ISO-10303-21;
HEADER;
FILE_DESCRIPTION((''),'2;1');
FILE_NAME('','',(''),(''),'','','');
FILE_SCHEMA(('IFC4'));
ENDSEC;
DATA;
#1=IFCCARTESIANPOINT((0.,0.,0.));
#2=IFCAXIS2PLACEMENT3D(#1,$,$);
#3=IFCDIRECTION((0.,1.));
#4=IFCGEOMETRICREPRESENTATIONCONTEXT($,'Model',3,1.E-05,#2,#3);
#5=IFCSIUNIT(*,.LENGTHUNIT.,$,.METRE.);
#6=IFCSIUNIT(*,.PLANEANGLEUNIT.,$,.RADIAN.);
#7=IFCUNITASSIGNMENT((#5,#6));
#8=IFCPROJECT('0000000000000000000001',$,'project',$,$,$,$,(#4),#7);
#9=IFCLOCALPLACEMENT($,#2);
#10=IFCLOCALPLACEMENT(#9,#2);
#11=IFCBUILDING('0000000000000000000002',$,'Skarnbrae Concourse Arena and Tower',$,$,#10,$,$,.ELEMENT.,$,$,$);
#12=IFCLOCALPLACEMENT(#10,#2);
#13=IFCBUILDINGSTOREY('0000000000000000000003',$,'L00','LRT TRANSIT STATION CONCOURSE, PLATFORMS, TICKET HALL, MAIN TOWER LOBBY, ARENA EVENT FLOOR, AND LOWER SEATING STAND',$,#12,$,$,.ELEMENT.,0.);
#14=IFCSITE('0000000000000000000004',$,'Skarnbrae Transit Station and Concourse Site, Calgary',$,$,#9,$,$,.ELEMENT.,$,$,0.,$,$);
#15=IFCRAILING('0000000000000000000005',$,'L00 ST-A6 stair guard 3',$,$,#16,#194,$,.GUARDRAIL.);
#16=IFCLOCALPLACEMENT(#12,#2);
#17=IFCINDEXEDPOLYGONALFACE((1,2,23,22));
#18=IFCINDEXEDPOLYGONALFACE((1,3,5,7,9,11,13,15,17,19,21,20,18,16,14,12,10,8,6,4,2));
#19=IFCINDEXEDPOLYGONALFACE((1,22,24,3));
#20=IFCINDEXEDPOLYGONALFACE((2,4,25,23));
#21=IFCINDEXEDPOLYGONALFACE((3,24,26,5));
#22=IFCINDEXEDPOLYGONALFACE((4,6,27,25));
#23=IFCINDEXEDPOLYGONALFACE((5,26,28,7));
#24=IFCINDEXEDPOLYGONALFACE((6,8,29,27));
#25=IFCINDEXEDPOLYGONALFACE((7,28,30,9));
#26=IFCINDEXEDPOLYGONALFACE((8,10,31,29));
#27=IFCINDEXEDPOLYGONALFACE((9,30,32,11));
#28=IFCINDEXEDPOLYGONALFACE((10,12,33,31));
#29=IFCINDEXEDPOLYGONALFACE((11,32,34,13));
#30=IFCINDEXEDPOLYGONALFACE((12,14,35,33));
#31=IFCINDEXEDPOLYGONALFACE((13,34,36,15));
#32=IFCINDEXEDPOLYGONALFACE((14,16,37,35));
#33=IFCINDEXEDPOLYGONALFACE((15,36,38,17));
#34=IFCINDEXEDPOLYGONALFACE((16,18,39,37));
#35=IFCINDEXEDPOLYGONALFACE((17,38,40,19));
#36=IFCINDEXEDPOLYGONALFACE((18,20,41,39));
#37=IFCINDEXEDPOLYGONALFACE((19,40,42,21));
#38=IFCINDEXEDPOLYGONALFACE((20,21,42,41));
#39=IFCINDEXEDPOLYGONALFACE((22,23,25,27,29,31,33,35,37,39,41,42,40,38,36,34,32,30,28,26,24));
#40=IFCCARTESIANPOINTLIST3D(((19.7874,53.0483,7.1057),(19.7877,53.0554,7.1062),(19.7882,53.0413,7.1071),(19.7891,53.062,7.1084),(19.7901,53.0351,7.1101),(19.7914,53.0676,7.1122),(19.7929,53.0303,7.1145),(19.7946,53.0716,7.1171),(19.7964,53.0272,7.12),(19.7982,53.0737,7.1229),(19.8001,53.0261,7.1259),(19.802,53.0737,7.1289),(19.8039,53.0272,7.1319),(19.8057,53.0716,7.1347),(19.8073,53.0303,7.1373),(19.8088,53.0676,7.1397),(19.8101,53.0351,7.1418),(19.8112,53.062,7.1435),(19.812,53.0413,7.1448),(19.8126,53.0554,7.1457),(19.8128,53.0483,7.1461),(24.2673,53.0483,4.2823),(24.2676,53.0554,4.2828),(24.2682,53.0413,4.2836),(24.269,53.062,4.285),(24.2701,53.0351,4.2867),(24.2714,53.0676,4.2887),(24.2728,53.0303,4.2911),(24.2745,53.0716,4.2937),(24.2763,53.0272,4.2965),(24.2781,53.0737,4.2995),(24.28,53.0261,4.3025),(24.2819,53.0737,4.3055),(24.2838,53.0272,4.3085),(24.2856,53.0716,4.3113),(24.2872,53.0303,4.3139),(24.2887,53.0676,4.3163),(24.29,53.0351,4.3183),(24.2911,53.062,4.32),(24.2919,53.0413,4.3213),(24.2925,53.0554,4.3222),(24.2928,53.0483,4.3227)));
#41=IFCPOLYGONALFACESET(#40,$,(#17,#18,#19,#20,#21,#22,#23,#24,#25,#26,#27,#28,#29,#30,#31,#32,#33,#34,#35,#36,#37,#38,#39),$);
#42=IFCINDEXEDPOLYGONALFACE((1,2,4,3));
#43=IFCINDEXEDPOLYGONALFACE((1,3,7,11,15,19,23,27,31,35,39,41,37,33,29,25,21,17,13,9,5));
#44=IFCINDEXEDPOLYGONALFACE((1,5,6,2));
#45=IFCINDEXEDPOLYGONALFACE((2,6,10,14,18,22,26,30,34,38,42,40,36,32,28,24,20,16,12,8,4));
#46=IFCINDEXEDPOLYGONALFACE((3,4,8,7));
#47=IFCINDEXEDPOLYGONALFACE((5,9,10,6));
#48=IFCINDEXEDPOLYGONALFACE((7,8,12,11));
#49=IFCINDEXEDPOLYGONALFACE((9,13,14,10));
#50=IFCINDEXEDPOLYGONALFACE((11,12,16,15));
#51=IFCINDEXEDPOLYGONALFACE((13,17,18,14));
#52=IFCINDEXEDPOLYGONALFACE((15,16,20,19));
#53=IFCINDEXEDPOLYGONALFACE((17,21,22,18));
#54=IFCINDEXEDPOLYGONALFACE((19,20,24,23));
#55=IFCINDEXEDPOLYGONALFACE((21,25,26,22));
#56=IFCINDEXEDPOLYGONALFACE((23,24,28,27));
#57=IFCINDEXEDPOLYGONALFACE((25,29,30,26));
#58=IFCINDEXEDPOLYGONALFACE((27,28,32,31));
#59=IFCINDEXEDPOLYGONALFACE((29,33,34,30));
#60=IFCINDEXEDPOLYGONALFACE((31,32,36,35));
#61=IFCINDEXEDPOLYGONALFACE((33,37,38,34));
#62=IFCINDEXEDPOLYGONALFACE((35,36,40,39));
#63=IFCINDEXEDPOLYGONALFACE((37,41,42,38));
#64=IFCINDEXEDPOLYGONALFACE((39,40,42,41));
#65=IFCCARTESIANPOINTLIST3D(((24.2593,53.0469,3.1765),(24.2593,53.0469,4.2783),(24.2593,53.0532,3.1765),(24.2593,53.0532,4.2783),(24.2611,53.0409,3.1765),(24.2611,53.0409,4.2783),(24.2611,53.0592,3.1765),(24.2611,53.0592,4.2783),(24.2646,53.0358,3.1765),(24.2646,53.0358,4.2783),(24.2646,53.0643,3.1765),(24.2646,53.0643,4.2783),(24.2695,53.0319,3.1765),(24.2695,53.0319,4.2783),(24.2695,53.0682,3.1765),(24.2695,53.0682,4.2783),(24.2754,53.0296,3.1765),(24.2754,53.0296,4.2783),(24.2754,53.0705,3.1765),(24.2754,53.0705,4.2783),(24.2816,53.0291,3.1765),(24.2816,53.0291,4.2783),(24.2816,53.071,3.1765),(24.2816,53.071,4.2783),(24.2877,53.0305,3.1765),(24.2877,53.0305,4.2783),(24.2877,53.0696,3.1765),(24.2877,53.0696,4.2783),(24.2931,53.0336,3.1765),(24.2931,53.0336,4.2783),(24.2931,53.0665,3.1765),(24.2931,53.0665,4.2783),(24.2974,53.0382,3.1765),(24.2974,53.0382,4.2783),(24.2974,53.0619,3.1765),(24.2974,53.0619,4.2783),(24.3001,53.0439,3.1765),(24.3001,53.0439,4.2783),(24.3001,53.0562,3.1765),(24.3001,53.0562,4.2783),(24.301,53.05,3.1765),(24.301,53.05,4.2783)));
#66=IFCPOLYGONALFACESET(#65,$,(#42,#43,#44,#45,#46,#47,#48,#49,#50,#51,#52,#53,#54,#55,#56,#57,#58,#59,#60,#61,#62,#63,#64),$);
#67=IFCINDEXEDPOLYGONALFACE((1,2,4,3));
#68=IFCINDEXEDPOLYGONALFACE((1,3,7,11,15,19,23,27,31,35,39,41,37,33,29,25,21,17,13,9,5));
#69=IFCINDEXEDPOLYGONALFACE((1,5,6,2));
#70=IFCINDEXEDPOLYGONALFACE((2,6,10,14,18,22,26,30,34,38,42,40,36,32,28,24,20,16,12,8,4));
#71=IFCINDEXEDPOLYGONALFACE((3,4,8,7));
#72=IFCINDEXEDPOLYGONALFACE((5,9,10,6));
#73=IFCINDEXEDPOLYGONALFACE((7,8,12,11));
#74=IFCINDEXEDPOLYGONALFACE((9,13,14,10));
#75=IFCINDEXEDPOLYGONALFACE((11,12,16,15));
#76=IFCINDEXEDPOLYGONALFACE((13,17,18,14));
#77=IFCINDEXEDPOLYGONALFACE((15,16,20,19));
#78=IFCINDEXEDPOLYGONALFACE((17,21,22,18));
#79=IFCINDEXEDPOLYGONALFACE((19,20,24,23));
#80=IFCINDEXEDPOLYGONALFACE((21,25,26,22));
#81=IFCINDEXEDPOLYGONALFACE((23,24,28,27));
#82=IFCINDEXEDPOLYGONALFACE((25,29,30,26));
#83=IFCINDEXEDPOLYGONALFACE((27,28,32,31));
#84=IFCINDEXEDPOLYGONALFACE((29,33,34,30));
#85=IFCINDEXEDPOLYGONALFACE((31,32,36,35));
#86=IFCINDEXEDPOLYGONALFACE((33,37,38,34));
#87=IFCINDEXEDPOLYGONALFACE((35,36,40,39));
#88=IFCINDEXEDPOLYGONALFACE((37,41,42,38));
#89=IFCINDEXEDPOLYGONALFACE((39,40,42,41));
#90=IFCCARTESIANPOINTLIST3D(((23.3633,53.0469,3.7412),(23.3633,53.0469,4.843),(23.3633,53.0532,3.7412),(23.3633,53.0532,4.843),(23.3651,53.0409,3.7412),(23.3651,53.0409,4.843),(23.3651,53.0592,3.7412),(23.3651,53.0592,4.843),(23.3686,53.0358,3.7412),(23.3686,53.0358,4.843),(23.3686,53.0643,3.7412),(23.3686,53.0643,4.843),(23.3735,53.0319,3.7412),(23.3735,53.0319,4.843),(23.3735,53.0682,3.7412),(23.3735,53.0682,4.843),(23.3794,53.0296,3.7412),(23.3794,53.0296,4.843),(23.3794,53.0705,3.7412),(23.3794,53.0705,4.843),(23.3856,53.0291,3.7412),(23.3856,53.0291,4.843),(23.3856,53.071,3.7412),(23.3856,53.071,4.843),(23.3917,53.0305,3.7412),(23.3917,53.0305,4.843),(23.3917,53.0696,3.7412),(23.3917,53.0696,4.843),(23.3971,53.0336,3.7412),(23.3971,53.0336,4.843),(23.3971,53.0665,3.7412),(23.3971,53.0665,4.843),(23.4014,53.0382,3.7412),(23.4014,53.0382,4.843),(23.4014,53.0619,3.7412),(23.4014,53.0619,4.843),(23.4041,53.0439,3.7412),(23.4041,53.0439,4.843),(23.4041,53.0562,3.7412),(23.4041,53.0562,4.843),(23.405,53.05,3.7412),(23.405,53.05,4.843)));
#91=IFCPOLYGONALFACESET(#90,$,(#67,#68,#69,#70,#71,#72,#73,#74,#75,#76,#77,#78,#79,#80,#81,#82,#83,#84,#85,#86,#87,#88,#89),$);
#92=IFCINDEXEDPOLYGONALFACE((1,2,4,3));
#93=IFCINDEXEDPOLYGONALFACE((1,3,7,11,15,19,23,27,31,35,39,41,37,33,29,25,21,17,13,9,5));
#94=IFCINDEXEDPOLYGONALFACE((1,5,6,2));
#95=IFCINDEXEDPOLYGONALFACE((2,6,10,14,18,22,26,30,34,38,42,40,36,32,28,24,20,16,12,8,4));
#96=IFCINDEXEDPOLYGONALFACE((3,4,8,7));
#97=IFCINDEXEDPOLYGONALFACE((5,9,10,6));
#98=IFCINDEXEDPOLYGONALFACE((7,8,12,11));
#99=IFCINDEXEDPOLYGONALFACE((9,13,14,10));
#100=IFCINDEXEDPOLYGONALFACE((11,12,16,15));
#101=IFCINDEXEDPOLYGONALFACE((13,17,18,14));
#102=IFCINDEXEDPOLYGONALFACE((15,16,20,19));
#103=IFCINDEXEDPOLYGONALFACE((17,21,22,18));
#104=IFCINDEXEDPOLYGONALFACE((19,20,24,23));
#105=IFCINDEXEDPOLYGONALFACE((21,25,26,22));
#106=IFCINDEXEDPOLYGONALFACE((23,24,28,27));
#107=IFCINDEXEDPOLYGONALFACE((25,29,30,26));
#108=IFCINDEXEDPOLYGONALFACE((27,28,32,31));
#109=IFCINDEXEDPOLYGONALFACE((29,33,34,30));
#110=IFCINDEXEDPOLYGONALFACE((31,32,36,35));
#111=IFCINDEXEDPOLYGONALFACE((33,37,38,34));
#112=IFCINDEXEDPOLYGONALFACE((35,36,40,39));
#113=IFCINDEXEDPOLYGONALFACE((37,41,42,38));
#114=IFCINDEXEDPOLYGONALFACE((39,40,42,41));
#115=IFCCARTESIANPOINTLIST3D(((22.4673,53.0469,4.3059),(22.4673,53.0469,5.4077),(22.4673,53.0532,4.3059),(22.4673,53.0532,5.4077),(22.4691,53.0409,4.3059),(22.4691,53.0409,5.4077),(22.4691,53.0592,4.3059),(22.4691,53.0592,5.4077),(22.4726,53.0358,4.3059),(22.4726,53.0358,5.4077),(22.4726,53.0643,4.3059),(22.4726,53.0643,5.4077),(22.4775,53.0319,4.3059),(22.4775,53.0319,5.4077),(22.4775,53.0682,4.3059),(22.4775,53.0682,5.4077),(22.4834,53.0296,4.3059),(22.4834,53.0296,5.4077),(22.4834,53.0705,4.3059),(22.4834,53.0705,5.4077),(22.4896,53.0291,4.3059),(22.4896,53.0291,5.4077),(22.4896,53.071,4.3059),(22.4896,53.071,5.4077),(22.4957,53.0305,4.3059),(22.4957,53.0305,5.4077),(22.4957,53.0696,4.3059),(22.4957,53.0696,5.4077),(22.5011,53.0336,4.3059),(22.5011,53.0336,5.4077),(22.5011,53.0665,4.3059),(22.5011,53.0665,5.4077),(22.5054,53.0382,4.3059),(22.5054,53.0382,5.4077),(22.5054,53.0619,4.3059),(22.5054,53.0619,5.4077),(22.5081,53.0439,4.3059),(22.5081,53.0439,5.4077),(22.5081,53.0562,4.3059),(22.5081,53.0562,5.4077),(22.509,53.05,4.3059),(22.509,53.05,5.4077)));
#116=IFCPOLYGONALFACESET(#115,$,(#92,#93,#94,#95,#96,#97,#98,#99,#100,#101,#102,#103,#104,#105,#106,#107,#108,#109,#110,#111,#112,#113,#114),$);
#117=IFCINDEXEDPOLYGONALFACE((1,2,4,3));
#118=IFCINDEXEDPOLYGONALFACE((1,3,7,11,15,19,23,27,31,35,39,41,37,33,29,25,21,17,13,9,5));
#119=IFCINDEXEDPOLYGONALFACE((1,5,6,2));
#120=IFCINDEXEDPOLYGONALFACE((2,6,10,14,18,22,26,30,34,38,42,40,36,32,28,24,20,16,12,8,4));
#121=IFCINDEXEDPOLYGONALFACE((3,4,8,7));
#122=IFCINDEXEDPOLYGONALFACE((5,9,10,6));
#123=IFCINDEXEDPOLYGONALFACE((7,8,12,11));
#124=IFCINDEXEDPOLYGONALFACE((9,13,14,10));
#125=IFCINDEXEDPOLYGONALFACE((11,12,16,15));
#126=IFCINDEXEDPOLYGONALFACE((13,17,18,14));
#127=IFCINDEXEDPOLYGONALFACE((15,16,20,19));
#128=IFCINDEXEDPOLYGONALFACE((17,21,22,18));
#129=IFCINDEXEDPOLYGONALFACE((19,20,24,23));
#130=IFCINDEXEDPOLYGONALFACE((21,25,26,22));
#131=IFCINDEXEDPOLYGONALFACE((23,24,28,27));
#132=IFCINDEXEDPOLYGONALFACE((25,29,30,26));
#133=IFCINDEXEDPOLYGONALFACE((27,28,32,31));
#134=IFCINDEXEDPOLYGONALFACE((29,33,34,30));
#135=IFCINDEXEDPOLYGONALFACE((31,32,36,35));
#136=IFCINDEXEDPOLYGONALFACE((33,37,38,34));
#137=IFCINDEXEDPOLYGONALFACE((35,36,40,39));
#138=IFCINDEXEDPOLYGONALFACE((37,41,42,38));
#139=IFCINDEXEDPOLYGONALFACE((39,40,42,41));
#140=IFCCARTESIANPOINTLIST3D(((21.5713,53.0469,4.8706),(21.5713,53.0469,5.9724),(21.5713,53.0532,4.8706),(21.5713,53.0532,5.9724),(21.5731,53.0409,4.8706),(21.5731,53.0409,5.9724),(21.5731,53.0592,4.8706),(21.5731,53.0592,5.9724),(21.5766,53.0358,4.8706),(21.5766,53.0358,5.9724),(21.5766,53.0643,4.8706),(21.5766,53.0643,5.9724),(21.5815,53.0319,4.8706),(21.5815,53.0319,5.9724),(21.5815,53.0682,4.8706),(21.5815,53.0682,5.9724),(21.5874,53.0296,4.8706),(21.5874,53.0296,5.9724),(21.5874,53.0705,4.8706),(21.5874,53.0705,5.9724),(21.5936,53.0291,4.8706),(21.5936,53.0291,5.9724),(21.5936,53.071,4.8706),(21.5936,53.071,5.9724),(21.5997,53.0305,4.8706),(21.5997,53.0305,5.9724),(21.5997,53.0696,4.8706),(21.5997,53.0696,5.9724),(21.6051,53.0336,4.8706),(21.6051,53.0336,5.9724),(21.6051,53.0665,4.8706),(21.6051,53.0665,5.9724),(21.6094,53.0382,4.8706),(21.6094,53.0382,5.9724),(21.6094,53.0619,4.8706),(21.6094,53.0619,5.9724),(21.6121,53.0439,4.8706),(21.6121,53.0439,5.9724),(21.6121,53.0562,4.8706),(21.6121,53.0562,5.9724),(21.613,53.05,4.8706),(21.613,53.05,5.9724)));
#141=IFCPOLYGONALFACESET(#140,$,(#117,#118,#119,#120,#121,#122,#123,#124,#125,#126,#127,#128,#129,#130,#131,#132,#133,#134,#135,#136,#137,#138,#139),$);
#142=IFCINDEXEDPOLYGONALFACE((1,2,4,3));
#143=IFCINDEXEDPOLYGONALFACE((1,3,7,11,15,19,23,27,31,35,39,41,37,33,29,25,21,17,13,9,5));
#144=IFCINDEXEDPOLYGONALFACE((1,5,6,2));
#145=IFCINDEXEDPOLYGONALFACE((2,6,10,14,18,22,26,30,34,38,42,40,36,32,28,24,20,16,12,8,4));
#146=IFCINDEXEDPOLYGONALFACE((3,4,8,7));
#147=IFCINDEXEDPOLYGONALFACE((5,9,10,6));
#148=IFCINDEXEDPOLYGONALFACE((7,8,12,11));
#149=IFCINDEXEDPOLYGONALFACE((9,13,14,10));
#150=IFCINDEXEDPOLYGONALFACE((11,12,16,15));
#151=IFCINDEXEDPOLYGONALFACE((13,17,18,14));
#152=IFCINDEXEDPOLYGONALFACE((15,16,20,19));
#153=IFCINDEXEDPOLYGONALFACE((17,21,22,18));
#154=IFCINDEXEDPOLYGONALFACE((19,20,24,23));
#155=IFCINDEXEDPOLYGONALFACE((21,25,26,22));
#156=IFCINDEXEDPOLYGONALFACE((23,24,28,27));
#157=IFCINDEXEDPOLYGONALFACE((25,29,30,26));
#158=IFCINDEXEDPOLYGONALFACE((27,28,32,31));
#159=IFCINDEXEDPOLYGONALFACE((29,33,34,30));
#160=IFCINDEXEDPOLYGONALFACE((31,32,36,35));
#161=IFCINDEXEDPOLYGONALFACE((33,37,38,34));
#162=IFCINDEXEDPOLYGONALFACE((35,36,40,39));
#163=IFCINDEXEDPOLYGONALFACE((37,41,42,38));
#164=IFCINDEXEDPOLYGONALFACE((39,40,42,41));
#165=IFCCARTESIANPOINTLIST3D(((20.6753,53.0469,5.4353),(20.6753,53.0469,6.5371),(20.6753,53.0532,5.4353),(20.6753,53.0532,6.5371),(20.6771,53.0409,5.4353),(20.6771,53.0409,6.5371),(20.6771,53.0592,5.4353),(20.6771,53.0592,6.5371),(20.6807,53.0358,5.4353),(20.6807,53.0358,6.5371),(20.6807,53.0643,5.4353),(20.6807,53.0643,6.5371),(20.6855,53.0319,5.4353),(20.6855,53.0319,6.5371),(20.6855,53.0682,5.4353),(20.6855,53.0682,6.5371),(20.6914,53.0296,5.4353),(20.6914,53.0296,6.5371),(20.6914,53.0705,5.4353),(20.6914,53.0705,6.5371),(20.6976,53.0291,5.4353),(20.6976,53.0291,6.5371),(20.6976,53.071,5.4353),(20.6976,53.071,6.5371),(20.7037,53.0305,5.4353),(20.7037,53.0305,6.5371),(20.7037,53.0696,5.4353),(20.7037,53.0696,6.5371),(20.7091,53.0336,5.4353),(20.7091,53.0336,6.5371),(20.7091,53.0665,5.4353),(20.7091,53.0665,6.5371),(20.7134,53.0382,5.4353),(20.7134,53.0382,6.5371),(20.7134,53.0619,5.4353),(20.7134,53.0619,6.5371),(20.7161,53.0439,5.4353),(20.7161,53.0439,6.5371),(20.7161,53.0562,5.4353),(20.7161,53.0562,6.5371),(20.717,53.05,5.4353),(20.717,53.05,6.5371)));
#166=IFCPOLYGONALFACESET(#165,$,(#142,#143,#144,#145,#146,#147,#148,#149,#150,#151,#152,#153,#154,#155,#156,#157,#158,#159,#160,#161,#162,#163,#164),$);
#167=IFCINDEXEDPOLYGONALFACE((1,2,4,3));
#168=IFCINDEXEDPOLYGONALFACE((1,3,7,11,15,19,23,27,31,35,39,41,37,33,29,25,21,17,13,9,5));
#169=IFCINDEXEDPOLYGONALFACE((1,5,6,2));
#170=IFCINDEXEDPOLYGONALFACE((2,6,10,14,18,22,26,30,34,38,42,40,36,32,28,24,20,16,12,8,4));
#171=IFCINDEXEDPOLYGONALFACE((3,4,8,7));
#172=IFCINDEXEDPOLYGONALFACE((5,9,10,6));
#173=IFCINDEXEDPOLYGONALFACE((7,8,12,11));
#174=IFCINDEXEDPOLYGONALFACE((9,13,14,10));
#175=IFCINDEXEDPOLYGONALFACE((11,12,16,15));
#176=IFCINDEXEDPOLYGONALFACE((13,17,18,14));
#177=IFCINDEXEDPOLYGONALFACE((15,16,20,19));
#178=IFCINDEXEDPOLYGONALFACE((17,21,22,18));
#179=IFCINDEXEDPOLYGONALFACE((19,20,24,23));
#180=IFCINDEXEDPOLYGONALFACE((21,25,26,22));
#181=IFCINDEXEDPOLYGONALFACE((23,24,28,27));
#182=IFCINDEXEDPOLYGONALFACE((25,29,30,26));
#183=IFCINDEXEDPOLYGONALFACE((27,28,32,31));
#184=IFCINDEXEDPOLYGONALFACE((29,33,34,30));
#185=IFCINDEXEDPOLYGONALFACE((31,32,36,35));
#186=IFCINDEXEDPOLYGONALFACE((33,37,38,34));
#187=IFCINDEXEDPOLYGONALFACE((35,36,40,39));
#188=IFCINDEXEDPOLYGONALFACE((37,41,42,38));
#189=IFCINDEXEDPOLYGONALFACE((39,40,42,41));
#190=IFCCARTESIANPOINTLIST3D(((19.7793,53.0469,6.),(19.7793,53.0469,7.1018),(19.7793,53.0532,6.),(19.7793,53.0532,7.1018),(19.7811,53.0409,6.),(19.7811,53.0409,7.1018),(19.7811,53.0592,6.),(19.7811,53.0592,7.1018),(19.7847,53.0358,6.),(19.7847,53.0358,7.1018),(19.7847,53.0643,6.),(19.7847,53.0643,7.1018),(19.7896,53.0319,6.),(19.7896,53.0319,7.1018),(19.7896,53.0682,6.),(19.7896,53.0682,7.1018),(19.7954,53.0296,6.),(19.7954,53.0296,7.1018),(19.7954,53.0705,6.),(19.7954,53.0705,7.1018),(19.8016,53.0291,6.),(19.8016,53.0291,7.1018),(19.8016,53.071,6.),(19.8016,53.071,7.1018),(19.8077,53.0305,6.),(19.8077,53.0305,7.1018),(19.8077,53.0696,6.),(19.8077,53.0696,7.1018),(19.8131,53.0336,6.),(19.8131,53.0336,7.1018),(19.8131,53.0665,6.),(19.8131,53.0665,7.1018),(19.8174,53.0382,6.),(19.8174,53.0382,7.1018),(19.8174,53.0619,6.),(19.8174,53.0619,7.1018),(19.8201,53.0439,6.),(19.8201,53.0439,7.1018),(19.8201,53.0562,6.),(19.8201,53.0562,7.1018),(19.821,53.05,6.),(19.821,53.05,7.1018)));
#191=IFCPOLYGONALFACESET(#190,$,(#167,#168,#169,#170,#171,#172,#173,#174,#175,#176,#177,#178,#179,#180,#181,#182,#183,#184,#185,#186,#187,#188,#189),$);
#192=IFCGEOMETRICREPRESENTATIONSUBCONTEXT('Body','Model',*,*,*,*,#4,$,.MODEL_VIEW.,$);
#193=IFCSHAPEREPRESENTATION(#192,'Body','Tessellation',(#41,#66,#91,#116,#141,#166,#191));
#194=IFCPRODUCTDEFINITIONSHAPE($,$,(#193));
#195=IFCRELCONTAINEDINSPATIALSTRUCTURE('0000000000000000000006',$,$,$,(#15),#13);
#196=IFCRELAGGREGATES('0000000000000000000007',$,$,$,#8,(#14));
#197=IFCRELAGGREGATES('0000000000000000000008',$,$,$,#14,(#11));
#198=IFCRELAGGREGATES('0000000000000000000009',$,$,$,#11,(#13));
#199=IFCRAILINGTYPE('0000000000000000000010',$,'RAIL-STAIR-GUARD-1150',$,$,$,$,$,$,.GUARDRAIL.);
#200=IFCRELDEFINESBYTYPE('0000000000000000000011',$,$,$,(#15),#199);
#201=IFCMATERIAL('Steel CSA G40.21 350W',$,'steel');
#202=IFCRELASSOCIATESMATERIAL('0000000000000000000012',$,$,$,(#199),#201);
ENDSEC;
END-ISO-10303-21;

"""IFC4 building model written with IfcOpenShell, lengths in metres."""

from ifc_helpers import new_model, si_unit, direction, frame, origin, origin_2d, place, context, subcontext, project, spatial, circle, extrude, material, type_object, element, save


model = new_model("IFC4")

# Units and contexts
model_context = context("Model", 3, precision=1e-05, world=origin(), true_north=direction((0.0, 1.0)))
body_context = subcontext(model_context, "Body", "Model", "MODEL_VIEW")
ifc_project = project(units=[si_unit("LENGTHUNIT", "METRE"), si_unit("PLANEANGLEUNIT", "RADIAN")], contexts=[model_context])

# Site, building, storey
site_placement = place(None, origin())
site = spatial("IfcSite", under=ifc_project, at=site_placement, Name="Skarnbrae Transit Station and Concourse Site, Calgary", CompositionType="ELEMENT", RefElevation=0.0)
building_placement = place(site_placement, origin())
building = spatial("IfcBuilding", under=site, at=building_placement, Name="Skarnbrae Concourse Arena and Tower", CompositionType="ELEMENT")
storey_placement = place(building_placement, origin())
storey = spatial("IfcBuildingStorey", under=building, at=storey_placement, Name="L00", Description="LRT TRANSIT STATION CONCOURSE, PLATFORMS, TICKET HALL, MAIN TOWER LOBBY, ARENA EVENT FLOOR, AND LOWER SEATING STAND", CompositionType="ELEMENT", Elevation=0.0)

# Shared definitions
ifc_material_1 = material(Name="Steel CSA G40.21 350W", Category="steel")

# Railing
railing_type_1 = type_object("IfcRailingType", Name="RAIL-STAIR-GUARD-1150", PredefinedType="GUARDRAIL", material=ifc_material_1)
railing_1_placement = place(storey_placement, frame((24.28, 53.05, 3.1765)))
element("IfcRailing", 1, at=railing_1_placement, inside=storey, type_object=railing_type_1, Name="L00 ST-A6 stair guard 3", PredefinedType="GUARDRAIL", context=body_context, shape_type="SweptSolid", body=[
    extrude(circle(Radius=0.0239, at=origin_2d()), frame((0.0, 0.0, 1.126), z_axis=(-0.845998, 0.0, 0.533186), x_axis=(0.0, -1.0, 0.0)), (0.0, 0.0, 1.0), 5.2954),
    extrude(circle(Radius=0.021, at=origin_2d()), origin(), (0.0, 0.0, 1.0), 1.1018),
    extrude(circle(Radius=0.021, at=origin_2d()), frame((-0.896, 0.0, 0.5647)), (0.0, 0.0, 1.0), 1.1018),
    extrude(circle(Radius=0.021, at=origin_2d()), frame((-1.792, 0.0, 1.1294)), (0.0, 0.0, 1.0), 1.1018),
    extrude(circle(Radius=0.021, at=origin_2d()), frame((-2.688, 0.0, 1.6941)), (0.0, 0.0, 1.0), 1.1018),
    extrude(circle(Radius=0.021, at=origin_2d()), frame((-3.584, 0.0, 2.2588)), (0.0, 0.0, 1.0), 1.1018),
    extrude(circle(Radius=0.021, at=origin_2d()), frame((-4.48, 0.0, 2.8235)), (0.0, 0.0, 1.0), 1.1018),
])

save(model, "model.ifc")
